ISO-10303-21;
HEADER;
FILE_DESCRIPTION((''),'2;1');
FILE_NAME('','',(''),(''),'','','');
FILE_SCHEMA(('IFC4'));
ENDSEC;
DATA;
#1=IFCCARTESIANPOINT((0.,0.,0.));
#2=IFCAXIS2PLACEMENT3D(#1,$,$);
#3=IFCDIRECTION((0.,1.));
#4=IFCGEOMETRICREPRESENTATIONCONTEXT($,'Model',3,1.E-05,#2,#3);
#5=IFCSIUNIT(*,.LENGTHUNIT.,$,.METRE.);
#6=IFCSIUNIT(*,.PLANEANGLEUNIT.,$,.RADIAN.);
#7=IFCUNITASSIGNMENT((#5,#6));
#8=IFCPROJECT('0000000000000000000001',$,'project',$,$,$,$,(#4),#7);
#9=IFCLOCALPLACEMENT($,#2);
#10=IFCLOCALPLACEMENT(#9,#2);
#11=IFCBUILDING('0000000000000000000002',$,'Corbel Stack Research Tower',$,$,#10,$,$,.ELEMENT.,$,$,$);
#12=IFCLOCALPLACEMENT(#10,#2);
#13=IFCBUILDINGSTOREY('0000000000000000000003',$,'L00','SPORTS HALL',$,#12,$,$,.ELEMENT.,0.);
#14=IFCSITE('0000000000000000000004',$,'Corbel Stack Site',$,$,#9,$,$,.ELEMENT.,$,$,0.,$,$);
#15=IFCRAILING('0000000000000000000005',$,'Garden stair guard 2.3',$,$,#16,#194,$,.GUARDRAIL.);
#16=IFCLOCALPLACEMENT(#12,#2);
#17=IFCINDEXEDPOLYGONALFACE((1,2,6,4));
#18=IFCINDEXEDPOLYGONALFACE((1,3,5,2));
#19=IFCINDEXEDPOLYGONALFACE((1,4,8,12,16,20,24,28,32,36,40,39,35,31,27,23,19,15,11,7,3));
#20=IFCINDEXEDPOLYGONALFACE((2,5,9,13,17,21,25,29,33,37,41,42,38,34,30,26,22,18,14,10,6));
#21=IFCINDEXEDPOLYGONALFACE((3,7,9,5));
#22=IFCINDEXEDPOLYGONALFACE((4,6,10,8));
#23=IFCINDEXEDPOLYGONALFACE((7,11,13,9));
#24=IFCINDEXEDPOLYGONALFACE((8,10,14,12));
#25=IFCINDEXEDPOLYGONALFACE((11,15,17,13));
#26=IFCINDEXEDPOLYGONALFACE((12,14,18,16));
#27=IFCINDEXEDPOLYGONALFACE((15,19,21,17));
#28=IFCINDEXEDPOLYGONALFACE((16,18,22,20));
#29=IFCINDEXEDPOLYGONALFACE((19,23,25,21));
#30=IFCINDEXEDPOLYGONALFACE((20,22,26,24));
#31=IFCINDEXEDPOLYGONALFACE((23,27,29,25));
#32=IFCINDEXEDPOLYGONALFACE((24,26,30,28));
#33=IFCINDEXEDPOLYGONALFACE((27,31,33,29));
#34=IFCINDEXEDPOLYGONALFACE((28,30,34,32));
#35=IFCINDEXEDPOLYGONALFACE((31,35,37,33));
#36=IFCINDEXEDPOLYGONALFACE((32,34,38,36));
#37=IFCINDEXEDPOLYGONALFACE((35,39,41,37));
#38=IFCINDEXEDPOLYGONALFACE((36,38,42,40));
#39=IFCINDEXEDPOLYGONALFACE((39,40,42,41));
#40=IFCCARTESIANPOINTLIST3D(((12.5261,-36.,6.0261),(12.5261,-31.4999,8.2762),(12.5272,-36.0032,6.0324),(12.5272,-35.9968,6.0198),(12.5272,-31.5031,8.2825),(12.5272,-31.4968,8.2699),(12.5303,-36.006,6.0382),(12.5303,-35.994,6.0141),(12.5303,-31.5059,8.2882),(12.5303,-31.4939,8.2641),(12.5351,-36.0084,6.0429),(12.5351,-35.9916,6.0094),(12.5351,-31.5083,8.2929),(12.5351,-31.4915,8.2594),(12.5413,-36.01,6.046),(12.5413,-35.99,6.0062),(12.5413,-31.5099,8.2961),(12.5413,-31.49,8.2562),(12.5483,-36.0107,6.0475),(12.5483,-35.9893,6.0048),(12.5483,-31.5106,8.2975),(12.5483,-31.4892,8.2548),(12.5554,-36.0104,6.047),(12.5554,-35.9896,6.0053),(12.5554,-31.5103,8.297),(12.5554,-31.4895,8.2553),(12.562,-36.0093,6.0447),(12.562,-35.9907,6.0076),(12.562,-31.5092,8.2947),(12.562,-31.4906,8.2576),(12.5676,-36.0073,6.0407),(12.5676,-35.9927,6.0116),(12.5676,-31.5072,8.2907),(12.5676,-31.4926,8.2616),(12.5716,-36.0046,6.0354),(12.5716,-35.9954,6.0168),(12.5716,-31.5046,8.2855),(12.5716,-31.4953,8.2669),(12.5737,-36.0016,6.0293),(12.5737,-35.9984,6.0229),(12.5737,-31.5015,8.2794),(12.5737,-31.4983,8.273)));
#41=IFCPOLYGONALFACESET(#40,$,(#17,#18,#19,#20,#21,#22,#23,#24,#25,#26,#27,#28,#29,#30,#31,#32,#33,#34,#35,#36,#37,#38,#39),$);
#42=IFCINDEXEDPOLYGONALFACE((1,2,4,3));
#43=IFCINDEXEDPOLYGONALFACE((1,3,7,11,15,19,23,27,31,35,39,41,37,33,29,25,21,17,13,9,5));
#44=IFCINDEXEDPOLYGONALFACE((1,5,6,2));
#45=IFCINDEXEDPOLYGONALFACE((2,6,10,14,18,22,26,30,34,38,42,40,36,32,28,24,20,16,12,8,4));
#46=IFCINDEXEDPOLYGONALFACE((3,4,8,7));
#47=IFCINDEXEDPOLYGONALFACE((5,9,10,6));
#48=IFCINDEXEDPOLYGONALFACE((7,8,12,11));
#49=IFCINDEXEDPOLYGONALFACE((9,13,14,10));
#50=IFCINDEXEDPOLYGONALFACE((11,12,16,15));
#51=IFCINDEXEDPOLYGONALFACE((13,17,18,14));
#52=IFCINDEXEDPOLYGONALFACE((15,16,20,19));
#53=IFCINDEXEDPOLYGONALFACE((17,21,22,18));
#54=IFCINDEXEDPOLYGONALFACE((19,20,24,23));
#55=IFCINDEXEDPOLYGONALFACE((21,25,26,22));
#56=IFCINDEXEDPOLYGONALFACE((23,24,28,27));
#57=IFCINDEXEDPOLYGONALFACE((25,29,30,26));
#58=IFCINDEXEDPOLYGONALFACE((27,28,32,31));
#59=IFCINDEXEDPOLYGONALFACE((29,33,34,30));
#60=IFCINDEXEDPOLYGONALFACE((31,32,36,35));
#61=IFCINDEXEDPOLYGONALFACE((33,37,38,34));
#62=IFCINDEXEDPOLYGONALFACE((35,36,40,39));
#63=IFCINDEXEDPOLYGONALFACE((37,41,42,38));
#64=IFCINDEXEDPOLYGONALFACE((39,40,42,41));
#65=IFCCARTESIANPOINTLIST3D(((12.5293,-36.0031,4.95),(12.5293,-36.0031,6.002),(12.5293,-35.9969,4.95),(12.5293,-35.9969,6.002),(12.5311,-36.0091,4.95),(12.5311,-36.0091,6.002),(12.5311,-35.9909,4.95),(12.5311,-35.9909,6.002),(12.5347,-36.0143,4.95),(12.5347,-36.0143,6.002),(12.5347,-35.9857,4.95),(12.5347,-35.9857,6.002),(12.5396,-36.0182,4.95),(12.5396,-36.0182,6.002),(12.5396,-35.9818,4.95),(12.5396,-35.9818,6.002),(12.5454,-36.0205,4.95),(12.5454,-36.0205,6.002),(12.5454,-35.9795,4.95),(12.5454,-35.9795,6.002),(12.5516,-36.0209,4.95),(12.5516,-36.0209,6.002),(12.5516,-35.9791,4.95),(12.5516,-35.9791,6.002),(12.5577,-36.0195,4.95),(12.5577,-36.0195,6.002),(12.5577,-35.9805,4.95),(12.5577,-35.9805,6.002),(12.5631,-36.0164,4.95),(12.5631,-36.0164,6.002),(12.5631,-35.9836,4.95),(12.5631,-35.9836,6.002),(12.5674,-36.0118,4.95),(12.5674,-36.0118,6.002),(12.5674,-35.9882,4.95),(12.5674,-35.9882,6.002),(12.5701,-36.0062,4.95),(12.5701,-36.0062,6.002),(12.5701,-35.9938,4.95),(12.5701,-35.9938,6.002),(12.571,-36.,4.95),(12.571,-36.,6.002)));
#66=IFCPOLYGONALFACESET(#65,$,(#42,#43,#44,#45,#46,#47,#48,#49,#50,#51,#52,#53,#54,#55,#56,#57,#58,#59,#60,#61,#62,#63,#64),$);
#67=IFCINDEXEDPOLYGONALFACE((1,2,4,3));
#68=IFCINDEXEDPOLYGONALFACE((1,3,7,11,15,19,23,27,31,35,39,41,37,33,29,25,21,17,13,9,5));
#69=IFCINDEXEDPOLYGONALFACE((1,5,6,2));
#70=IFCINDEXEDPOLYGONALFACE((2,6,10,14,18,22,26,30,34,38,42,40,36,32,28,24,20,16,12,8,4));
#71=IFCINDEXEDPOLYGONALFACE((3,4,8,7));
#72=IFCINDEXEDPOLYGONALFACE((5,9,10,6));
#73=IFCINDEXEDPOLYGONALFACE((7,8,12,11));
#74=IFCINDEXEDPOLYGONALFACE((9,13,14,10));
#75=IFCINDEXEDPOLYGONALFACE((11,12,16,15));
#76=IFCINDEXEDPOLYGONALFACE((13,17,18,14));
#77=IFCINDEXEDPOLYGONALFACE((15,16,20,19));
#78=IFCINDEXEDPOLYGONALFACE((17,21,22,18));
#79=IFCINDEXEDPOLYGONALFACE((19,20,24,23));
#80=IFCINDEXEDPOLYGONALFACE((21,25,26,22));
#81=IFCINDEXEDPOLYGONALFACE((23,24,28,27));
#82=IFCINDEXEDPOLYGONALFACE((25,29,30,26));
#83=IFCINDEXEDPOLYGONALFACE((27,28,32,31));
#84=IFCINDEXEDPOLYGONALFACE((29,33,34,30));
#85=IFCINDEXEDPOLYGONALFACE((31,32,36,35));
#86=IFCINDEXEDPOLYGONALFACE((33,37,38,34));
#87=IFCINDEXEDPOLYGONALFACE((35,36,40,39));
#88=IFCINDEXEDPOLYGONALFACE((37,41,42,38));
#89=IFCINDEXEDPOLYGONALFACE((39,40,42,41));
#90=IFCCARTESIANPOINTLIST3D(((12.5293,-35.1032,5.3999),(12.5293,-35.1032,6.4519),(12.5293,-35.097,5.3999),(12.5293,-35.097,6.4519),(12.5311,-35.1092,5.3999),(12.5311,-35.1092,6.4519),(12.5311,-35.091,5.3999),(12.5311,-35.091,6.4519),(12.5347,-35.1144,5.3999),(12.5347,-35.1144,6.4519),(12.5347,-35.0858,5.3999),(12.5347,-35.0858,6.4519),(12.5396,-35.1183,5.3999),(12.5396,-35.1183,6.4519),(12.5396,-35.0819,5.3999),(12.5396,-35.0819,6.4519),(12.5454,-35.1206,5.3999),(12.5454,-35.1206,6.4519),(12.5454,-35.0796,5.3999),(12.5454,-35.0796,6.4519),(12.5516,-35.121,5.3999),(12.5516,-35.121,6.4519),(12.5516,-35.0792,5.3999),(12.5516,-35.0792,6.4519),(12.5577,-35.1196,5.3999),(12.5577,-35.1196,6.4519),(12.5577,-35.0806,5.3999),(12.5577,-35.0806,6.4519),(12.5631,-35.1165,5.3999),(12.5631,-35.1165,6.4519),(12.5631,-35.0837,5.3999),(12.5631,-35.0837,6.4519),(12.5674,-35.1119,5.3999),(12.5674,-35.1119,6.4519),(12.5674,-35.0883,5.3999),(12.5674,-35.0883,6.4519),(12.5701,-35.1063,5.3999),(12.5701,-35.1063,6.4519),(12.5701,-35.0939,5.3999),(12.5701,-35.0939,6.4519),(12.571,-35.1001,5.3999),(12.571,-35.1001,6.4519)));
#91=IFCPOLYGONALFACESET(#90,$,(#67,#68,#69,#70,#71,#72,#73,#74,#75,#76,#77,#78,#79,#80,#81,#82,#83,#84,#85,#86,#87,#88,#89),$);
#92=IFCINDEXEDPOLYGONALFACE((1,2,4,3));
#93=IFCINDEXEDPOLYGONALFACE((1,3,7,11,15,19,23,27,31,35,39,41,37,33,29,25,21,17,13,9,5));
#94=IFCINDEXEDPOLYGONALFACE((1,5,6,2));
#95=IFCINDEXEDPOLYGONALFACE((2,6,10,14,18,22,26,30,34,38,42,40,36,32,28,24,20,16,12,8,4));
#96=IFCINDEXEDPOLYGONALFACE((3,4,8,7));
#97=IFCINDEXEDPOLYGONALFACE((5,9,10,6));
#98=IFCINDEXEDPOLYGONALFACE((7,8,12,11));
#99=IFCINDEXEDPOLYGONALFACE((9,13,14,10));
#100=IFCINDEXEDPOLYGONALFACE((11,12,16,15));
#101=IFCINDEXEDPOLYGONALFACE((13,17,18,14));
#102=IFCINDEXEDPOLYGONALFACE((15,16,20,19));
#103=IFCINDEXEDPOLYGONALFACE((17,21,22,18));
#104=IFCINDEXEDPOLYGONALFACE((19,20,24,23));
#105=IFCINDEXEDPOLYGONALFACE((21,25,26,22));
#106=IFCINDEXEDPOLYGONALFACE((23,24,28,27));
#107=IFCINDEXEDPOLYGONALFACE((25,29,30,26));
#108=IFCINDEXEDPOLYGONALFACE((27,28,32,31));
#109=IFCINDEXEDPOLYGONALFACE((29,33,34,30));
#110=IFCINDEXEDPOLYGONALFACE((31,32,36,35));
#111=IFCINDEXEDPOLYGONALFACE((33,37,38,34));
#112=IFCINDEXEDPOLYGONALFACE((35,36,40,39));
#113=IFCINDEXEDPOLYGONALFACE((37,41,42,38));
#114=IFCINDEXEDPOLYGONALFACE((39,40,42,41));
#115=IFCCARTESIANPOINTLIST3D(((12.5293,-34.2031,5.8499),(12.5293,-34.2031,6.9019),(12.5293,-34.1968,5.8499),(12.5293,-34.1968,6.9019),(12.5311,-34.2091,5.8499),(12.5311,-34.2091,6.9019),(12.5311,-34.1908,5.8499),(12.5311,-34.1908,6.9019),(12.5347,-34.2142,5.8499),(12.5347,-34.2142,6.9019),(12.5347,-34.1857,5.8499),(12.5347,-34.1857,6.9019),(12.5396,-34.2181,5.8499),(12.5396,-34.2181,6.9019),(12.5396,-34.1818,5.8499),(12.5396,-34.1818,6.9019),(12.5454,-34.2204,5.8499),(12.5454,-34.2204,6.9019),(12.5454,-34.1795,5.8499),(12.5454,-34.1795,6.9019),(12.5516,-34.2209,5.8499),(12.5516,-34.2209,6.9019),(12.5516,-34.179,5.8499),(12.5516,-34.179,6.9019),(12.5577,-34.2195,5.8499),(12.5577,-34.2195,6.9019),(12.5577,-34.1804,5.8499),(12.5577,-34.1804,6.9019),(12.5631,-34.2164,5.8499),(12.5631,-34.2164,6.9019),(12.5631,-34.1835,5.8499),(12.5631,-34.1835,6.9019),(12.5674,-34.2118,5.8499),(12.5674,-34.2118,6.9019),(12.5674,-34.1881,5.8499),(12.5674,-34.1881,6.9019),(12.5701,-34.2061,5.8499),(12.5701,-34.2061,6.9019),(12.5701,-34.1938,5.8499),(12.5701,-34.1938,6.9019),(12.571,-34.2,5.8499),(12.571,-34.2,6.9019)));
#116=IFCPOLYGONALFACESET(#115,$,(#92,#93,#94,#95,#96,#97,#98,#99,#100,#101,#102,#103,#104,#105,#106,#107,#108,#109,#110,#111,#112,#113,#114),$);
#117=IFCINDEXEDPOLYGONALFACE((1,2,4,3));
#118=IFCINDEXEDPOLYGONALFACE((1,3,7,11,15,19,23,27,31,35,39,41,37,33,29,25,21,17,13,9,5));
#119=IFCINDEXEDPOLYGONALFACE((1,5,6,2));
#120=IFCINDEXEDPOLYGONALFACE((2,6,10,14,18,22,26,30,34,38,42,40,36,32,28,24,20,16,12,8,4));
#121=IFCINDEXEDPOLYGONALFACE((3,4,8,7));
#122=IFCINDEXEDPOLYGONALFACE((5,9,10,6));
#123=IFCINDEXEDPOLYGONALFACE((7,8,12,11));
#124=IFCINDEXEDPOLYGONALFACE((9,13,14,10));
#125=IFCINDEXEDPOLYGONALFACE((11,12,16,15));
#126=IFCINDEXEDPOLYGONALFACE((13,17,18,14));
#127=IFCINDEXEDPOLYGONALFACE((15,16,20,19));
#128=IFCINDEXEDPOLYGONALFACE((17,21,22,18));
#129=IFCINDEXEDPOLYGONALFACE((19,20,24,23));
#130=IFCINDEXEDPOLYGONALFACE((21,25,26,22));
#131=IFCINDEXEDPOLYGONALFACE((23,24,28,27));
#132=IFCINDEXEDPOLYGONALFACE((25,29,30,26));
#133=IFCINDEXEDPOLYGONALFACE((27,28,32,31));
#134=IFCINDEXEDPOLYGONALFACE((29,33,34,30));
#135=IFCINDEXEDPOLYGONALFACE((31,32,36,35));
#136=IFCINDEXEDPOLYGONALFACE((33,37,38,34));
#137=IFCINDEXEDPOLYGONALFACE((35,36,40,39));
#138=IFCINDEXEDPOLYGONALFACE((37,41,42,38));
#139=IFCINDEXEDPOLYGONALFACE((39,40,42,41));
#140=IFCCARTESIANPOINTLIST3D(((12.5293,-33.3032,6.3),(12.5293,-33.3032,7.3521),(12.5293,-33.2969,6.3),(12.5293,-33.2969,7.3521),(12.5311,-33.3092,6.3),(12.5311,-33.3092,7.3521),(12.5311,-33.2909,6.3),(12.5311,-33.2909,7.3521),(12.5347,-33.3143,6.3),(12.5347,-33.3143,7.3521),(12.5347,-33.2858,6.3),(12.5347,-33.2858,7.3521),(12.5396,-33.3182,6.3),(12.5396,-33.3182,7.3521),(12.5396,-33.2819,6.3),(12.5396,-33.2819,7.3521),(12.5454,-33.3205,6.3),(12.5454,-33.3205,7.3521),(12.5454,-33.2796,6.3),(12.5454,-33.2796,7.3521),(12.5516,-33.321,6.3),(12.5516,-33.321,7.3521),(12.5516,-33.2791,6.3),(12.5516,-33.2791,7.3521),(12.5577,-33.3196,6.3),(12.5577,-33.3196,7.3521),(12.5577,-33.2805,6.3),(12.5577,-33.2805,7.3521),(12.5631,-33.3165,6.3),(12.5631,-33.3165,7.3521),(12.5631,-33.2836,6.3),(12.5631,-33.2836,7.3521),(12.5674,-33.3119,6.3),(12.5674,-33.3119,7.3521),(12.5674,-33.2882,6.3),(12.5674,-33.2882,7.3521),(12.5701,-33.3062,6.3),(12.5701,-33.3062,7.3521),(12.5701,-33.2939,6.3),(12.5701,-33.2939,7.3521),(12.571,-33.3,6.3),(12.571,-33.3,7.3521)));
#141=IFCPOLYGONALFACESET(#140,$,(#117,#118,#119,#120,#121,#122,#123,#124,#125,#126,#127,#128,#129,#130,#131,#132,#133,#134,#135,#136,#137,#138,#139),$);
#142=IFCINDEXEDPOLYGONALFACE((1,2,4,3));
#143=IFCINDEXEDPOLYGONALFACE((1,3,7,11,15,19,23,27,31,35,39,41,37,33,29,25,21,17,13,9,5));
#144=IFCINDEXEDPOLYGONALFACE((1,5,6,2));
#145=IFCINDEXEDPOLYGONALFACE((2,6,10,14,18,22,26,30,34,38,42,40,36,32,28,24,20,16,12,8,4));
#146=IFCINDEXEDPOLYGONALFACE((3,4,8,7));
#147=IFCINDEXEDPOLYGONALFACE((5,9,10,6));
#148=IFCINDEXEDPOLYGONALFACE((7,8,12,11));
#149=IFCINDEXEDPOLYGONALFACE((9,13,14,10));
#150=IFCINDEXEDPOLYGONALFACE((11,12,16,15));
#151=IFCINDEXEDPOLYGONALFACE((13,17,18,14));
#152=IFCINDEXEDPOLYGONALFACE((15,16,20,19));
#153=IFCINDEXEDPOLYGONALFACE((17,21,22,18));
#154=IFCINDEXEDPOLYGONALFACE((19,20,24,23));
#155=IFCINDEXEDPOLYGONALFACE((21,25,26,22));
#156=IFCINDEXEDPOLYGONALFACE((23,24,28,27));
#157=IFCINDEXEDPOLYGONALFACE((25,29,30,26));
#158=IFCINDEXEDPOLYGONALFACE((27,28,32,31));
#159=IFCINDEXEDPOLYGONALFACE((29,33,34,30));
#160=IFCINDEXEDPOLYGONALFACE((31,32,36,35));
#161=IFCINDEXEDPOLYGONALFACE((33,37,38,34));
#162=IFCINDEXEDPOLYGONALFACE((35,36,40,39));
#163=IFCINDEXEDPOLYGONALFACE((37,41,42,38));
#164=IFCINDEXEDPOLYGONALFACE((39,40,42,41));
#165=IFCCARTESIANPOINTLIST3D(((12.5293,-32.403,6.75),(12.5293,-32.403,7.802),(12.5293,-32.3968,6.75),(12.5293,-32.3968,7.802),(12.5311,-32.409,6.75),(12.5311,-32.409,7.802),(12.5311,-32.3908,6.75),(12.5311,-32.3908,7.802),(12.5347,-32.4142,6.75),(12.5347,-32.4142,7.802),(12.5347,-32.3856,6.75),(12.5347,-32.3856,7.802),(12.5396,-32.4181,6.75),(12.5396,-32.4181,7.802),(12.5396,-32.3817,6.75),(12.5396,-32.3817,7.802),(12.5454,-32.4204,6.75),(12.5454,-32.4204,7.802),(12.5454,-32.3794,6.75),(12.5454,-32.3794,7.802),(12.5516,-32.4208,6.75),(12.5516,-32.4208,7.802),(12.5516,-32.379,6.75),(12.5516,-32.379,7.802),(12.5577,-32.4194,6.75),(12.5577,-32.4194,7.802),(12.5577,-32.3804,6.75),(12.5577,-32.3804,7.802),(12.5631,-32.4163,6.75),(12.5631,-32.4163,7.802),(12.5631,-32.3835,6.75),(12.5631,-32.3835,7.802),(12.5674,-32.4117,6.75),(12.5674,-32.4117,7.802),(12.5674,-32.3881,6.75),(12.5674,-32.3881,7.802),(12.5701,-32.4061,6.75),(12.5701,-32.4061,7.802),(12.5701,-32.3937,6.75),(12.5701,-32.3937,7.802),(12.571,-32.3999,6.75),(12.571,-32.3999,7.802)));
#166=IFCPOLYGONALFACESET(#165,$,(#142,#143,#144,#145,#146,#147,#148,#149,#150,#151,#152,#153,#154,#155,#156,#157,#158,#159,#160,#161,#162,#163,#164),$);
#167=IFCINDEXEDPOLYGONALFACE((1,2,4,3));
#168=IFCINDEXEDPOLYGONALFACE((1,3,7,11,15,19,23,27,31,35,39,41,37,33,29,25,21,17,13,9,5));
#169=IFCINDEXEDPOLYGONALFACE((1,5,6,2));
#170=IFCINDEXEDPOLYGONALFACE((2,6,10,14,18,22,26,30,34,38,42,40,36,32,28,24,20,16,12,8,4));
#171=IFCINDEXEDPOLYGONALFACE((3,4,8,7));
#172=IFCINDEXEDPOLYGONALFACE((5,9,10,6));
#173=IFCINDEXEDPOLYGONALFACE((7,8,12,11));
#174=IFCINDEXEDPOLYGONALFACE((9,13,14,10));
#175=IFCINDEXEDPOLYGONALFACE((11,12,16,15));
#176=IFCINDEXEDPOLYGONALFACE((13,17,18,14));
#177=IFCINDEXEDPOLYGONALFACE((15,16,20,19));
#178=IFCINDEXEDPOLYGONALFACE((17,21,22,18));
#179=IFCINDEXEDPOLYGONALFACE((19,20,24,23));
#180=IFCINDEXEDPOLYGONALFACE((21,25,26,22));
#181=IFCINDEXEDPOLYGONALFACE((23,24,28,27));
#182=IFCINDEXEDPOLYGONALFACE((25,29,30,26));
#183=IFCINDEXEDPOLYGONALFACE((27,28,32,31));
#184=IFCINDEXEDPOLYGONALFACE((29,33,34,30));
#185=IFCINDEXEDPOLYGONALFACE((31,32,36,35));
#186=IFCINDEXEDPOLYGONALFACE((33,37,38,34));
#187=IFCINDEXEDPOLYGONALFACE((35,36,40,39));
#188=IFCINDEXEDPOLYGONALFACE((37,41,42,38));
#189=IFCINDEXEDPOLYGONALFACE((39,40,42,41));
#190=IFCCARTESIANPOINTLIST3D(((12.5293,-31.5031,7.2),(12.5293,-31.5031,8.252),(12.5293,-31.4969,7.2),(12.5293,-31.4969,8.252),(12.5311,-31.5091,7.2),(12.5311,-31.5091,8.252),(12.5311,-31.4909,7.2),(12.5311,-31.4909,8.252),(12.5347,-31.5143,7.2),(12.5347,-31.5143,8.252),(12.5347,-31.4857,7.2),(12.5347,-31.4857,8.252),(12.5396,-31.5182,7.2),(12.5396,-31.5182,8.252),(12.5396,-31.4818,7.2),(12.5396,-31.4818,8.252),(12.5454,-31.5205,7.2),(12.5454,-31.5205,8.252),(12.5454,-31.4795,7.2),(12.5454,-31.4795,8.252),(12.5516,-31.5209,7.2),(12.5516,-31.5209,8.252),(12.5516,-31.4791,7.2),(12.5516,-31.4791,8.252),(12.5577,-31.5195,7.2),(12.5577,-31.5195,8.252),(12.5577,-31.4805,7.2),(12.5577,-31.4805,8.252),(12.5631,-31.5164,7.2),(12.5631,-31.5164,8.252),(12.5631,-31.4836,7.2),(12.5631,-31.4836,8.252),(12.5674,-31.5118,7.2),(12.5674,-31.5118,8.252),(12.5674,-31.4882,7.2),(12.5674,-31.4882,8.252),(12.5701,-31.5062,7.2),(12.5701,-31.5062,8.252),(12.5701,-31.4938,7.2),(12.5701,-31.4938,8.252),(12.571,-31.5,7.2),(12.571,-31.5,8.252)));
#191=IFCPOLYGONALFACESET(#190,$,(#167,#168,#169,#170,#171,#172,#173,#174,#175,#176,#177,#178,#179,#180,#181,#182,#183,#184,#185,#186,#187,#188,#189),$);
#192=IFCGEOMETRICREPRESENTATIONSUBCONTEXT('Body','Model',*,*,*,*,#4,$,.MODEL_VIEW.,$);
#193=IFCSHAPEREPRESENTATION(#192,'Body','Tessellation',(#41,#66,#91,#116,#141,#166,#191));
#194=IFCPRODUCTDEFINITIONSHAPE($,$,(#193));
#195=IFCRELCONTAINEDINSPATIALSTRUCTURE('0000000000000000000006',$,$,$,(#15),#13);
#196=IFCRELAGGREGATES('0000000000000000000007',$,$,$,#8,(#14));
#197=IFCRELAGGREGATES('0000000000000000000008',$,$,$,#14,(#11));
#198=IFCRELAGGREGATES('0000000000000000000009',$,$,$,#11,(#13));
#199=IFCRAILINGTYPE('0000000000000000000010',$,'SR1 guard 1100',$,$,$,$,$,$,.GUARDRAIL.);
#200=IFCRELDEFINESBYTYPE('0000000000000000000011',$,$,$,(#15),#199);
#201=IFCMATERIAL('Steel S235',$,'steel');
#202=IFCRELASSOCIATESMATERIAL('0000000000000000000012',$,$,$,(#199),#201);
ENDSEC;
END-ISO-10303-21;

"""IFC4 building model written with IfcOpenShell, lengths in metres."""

from ifc_helpers import new_model, si_unit, direction, frame, origin, origin_2d, place, context, subcontext, project, spatial, circle, extrude, material, type_object, element, save


model = new_model("IFC4")

# Units and contexts
model_context = context("Model", 3, precision=1e-05, world=origin(), true_north=direction((0.0, 1.0)))
body_context = subcontext(model_context, "Body", "Model", "MODEL_VIEW")
ifc_project = project(units=[si_unit("LENGTHUNIT", "METRE"), si_unit("PLANEANGLEUNIT", "RADIAN")], contexts=[model_context])

# Site, building, storey
site_placement = place(None, origin())
site = spatial("IfcSite", under=ifc_project, at=site_placement, Name="Corbel Stack Site", CompositionType="ELEMENT", RefElevation=0.0)
building_placement = place(site_placement, origin())
building = spatial("IfcBuilding", under=site, at=building_placement, Name="Corbel Stack Research Tower", CompositionType="ELEMENT")
storey_placement = place(building_placement, origin())
storey = spatial("IfcBuildingStorey", under=building, at=storey_placement, Name="L00", Description="SPORTS HALL", CompositionType="ELEMENT", Elevation=0.0)

# Railing
ifc_material_1 = material(Name="Steel S235", Category="steel")
railing_type_1 = type_object("IfcRailingType", Name="SR1 guard 1100", PredefinedType="GUARDRAIL", material=ifc_material_1)
railing_1_placement = place(storey_placement, frame((12.55, -36.0, 4.95)))
element("IfcRailing", 1, at=railing_1_placement, inside=storey, type_object=railing_type_1, Name="Garden stair guard 2.3", PredefinedType="GUARDRAIL", context=body_context, shape_type="SweptSolid", body=[
    extrude(circle(Radius=0.0239, at=origin_2d()), frame((0.0, 0.0, 1.0762), z_axis=(0.0, 0.894427, 0.447214), x_axis=(-1.0, 0.0, 0.0)), (0.0, 0.0, 1.0), 5.0312),
    extrude(circle(Radius=0.021, at=origin_2d()), origin(), (0.0, 0.0, 1.0), 1.052),
    extrude(circle(Radius=0.021, at=origin_2d()), frame((0.0, 0.8999, 0.45)), (0.0, 0.0, 1.0), 1.052),
    extrude(circle(Radius=0.021, at=origin_2d()), frame((0.0, 1.8, 0.8999)), (0.0, 0.0, 1.0), 1.052),
    extrude(circle(Radius=0.021, at=origin_2d()), frame((0.0, 2.7, 1.3501)), (0.0, 0.0, 1.0), 1.052),
    extrude(circle(Radius=0.021, at=origin_2d()), frame((0.0, 3.6001, 1.8)), (0.0, 0.0, 1.0), 1.052),
    extrude(circle(Radius=0.021, at=origin_2d()), frame((0.0, 4.5, 2.25)), (0.0, 0.0, 1.0), 1.052),
])

save(model, "model.ifc")
